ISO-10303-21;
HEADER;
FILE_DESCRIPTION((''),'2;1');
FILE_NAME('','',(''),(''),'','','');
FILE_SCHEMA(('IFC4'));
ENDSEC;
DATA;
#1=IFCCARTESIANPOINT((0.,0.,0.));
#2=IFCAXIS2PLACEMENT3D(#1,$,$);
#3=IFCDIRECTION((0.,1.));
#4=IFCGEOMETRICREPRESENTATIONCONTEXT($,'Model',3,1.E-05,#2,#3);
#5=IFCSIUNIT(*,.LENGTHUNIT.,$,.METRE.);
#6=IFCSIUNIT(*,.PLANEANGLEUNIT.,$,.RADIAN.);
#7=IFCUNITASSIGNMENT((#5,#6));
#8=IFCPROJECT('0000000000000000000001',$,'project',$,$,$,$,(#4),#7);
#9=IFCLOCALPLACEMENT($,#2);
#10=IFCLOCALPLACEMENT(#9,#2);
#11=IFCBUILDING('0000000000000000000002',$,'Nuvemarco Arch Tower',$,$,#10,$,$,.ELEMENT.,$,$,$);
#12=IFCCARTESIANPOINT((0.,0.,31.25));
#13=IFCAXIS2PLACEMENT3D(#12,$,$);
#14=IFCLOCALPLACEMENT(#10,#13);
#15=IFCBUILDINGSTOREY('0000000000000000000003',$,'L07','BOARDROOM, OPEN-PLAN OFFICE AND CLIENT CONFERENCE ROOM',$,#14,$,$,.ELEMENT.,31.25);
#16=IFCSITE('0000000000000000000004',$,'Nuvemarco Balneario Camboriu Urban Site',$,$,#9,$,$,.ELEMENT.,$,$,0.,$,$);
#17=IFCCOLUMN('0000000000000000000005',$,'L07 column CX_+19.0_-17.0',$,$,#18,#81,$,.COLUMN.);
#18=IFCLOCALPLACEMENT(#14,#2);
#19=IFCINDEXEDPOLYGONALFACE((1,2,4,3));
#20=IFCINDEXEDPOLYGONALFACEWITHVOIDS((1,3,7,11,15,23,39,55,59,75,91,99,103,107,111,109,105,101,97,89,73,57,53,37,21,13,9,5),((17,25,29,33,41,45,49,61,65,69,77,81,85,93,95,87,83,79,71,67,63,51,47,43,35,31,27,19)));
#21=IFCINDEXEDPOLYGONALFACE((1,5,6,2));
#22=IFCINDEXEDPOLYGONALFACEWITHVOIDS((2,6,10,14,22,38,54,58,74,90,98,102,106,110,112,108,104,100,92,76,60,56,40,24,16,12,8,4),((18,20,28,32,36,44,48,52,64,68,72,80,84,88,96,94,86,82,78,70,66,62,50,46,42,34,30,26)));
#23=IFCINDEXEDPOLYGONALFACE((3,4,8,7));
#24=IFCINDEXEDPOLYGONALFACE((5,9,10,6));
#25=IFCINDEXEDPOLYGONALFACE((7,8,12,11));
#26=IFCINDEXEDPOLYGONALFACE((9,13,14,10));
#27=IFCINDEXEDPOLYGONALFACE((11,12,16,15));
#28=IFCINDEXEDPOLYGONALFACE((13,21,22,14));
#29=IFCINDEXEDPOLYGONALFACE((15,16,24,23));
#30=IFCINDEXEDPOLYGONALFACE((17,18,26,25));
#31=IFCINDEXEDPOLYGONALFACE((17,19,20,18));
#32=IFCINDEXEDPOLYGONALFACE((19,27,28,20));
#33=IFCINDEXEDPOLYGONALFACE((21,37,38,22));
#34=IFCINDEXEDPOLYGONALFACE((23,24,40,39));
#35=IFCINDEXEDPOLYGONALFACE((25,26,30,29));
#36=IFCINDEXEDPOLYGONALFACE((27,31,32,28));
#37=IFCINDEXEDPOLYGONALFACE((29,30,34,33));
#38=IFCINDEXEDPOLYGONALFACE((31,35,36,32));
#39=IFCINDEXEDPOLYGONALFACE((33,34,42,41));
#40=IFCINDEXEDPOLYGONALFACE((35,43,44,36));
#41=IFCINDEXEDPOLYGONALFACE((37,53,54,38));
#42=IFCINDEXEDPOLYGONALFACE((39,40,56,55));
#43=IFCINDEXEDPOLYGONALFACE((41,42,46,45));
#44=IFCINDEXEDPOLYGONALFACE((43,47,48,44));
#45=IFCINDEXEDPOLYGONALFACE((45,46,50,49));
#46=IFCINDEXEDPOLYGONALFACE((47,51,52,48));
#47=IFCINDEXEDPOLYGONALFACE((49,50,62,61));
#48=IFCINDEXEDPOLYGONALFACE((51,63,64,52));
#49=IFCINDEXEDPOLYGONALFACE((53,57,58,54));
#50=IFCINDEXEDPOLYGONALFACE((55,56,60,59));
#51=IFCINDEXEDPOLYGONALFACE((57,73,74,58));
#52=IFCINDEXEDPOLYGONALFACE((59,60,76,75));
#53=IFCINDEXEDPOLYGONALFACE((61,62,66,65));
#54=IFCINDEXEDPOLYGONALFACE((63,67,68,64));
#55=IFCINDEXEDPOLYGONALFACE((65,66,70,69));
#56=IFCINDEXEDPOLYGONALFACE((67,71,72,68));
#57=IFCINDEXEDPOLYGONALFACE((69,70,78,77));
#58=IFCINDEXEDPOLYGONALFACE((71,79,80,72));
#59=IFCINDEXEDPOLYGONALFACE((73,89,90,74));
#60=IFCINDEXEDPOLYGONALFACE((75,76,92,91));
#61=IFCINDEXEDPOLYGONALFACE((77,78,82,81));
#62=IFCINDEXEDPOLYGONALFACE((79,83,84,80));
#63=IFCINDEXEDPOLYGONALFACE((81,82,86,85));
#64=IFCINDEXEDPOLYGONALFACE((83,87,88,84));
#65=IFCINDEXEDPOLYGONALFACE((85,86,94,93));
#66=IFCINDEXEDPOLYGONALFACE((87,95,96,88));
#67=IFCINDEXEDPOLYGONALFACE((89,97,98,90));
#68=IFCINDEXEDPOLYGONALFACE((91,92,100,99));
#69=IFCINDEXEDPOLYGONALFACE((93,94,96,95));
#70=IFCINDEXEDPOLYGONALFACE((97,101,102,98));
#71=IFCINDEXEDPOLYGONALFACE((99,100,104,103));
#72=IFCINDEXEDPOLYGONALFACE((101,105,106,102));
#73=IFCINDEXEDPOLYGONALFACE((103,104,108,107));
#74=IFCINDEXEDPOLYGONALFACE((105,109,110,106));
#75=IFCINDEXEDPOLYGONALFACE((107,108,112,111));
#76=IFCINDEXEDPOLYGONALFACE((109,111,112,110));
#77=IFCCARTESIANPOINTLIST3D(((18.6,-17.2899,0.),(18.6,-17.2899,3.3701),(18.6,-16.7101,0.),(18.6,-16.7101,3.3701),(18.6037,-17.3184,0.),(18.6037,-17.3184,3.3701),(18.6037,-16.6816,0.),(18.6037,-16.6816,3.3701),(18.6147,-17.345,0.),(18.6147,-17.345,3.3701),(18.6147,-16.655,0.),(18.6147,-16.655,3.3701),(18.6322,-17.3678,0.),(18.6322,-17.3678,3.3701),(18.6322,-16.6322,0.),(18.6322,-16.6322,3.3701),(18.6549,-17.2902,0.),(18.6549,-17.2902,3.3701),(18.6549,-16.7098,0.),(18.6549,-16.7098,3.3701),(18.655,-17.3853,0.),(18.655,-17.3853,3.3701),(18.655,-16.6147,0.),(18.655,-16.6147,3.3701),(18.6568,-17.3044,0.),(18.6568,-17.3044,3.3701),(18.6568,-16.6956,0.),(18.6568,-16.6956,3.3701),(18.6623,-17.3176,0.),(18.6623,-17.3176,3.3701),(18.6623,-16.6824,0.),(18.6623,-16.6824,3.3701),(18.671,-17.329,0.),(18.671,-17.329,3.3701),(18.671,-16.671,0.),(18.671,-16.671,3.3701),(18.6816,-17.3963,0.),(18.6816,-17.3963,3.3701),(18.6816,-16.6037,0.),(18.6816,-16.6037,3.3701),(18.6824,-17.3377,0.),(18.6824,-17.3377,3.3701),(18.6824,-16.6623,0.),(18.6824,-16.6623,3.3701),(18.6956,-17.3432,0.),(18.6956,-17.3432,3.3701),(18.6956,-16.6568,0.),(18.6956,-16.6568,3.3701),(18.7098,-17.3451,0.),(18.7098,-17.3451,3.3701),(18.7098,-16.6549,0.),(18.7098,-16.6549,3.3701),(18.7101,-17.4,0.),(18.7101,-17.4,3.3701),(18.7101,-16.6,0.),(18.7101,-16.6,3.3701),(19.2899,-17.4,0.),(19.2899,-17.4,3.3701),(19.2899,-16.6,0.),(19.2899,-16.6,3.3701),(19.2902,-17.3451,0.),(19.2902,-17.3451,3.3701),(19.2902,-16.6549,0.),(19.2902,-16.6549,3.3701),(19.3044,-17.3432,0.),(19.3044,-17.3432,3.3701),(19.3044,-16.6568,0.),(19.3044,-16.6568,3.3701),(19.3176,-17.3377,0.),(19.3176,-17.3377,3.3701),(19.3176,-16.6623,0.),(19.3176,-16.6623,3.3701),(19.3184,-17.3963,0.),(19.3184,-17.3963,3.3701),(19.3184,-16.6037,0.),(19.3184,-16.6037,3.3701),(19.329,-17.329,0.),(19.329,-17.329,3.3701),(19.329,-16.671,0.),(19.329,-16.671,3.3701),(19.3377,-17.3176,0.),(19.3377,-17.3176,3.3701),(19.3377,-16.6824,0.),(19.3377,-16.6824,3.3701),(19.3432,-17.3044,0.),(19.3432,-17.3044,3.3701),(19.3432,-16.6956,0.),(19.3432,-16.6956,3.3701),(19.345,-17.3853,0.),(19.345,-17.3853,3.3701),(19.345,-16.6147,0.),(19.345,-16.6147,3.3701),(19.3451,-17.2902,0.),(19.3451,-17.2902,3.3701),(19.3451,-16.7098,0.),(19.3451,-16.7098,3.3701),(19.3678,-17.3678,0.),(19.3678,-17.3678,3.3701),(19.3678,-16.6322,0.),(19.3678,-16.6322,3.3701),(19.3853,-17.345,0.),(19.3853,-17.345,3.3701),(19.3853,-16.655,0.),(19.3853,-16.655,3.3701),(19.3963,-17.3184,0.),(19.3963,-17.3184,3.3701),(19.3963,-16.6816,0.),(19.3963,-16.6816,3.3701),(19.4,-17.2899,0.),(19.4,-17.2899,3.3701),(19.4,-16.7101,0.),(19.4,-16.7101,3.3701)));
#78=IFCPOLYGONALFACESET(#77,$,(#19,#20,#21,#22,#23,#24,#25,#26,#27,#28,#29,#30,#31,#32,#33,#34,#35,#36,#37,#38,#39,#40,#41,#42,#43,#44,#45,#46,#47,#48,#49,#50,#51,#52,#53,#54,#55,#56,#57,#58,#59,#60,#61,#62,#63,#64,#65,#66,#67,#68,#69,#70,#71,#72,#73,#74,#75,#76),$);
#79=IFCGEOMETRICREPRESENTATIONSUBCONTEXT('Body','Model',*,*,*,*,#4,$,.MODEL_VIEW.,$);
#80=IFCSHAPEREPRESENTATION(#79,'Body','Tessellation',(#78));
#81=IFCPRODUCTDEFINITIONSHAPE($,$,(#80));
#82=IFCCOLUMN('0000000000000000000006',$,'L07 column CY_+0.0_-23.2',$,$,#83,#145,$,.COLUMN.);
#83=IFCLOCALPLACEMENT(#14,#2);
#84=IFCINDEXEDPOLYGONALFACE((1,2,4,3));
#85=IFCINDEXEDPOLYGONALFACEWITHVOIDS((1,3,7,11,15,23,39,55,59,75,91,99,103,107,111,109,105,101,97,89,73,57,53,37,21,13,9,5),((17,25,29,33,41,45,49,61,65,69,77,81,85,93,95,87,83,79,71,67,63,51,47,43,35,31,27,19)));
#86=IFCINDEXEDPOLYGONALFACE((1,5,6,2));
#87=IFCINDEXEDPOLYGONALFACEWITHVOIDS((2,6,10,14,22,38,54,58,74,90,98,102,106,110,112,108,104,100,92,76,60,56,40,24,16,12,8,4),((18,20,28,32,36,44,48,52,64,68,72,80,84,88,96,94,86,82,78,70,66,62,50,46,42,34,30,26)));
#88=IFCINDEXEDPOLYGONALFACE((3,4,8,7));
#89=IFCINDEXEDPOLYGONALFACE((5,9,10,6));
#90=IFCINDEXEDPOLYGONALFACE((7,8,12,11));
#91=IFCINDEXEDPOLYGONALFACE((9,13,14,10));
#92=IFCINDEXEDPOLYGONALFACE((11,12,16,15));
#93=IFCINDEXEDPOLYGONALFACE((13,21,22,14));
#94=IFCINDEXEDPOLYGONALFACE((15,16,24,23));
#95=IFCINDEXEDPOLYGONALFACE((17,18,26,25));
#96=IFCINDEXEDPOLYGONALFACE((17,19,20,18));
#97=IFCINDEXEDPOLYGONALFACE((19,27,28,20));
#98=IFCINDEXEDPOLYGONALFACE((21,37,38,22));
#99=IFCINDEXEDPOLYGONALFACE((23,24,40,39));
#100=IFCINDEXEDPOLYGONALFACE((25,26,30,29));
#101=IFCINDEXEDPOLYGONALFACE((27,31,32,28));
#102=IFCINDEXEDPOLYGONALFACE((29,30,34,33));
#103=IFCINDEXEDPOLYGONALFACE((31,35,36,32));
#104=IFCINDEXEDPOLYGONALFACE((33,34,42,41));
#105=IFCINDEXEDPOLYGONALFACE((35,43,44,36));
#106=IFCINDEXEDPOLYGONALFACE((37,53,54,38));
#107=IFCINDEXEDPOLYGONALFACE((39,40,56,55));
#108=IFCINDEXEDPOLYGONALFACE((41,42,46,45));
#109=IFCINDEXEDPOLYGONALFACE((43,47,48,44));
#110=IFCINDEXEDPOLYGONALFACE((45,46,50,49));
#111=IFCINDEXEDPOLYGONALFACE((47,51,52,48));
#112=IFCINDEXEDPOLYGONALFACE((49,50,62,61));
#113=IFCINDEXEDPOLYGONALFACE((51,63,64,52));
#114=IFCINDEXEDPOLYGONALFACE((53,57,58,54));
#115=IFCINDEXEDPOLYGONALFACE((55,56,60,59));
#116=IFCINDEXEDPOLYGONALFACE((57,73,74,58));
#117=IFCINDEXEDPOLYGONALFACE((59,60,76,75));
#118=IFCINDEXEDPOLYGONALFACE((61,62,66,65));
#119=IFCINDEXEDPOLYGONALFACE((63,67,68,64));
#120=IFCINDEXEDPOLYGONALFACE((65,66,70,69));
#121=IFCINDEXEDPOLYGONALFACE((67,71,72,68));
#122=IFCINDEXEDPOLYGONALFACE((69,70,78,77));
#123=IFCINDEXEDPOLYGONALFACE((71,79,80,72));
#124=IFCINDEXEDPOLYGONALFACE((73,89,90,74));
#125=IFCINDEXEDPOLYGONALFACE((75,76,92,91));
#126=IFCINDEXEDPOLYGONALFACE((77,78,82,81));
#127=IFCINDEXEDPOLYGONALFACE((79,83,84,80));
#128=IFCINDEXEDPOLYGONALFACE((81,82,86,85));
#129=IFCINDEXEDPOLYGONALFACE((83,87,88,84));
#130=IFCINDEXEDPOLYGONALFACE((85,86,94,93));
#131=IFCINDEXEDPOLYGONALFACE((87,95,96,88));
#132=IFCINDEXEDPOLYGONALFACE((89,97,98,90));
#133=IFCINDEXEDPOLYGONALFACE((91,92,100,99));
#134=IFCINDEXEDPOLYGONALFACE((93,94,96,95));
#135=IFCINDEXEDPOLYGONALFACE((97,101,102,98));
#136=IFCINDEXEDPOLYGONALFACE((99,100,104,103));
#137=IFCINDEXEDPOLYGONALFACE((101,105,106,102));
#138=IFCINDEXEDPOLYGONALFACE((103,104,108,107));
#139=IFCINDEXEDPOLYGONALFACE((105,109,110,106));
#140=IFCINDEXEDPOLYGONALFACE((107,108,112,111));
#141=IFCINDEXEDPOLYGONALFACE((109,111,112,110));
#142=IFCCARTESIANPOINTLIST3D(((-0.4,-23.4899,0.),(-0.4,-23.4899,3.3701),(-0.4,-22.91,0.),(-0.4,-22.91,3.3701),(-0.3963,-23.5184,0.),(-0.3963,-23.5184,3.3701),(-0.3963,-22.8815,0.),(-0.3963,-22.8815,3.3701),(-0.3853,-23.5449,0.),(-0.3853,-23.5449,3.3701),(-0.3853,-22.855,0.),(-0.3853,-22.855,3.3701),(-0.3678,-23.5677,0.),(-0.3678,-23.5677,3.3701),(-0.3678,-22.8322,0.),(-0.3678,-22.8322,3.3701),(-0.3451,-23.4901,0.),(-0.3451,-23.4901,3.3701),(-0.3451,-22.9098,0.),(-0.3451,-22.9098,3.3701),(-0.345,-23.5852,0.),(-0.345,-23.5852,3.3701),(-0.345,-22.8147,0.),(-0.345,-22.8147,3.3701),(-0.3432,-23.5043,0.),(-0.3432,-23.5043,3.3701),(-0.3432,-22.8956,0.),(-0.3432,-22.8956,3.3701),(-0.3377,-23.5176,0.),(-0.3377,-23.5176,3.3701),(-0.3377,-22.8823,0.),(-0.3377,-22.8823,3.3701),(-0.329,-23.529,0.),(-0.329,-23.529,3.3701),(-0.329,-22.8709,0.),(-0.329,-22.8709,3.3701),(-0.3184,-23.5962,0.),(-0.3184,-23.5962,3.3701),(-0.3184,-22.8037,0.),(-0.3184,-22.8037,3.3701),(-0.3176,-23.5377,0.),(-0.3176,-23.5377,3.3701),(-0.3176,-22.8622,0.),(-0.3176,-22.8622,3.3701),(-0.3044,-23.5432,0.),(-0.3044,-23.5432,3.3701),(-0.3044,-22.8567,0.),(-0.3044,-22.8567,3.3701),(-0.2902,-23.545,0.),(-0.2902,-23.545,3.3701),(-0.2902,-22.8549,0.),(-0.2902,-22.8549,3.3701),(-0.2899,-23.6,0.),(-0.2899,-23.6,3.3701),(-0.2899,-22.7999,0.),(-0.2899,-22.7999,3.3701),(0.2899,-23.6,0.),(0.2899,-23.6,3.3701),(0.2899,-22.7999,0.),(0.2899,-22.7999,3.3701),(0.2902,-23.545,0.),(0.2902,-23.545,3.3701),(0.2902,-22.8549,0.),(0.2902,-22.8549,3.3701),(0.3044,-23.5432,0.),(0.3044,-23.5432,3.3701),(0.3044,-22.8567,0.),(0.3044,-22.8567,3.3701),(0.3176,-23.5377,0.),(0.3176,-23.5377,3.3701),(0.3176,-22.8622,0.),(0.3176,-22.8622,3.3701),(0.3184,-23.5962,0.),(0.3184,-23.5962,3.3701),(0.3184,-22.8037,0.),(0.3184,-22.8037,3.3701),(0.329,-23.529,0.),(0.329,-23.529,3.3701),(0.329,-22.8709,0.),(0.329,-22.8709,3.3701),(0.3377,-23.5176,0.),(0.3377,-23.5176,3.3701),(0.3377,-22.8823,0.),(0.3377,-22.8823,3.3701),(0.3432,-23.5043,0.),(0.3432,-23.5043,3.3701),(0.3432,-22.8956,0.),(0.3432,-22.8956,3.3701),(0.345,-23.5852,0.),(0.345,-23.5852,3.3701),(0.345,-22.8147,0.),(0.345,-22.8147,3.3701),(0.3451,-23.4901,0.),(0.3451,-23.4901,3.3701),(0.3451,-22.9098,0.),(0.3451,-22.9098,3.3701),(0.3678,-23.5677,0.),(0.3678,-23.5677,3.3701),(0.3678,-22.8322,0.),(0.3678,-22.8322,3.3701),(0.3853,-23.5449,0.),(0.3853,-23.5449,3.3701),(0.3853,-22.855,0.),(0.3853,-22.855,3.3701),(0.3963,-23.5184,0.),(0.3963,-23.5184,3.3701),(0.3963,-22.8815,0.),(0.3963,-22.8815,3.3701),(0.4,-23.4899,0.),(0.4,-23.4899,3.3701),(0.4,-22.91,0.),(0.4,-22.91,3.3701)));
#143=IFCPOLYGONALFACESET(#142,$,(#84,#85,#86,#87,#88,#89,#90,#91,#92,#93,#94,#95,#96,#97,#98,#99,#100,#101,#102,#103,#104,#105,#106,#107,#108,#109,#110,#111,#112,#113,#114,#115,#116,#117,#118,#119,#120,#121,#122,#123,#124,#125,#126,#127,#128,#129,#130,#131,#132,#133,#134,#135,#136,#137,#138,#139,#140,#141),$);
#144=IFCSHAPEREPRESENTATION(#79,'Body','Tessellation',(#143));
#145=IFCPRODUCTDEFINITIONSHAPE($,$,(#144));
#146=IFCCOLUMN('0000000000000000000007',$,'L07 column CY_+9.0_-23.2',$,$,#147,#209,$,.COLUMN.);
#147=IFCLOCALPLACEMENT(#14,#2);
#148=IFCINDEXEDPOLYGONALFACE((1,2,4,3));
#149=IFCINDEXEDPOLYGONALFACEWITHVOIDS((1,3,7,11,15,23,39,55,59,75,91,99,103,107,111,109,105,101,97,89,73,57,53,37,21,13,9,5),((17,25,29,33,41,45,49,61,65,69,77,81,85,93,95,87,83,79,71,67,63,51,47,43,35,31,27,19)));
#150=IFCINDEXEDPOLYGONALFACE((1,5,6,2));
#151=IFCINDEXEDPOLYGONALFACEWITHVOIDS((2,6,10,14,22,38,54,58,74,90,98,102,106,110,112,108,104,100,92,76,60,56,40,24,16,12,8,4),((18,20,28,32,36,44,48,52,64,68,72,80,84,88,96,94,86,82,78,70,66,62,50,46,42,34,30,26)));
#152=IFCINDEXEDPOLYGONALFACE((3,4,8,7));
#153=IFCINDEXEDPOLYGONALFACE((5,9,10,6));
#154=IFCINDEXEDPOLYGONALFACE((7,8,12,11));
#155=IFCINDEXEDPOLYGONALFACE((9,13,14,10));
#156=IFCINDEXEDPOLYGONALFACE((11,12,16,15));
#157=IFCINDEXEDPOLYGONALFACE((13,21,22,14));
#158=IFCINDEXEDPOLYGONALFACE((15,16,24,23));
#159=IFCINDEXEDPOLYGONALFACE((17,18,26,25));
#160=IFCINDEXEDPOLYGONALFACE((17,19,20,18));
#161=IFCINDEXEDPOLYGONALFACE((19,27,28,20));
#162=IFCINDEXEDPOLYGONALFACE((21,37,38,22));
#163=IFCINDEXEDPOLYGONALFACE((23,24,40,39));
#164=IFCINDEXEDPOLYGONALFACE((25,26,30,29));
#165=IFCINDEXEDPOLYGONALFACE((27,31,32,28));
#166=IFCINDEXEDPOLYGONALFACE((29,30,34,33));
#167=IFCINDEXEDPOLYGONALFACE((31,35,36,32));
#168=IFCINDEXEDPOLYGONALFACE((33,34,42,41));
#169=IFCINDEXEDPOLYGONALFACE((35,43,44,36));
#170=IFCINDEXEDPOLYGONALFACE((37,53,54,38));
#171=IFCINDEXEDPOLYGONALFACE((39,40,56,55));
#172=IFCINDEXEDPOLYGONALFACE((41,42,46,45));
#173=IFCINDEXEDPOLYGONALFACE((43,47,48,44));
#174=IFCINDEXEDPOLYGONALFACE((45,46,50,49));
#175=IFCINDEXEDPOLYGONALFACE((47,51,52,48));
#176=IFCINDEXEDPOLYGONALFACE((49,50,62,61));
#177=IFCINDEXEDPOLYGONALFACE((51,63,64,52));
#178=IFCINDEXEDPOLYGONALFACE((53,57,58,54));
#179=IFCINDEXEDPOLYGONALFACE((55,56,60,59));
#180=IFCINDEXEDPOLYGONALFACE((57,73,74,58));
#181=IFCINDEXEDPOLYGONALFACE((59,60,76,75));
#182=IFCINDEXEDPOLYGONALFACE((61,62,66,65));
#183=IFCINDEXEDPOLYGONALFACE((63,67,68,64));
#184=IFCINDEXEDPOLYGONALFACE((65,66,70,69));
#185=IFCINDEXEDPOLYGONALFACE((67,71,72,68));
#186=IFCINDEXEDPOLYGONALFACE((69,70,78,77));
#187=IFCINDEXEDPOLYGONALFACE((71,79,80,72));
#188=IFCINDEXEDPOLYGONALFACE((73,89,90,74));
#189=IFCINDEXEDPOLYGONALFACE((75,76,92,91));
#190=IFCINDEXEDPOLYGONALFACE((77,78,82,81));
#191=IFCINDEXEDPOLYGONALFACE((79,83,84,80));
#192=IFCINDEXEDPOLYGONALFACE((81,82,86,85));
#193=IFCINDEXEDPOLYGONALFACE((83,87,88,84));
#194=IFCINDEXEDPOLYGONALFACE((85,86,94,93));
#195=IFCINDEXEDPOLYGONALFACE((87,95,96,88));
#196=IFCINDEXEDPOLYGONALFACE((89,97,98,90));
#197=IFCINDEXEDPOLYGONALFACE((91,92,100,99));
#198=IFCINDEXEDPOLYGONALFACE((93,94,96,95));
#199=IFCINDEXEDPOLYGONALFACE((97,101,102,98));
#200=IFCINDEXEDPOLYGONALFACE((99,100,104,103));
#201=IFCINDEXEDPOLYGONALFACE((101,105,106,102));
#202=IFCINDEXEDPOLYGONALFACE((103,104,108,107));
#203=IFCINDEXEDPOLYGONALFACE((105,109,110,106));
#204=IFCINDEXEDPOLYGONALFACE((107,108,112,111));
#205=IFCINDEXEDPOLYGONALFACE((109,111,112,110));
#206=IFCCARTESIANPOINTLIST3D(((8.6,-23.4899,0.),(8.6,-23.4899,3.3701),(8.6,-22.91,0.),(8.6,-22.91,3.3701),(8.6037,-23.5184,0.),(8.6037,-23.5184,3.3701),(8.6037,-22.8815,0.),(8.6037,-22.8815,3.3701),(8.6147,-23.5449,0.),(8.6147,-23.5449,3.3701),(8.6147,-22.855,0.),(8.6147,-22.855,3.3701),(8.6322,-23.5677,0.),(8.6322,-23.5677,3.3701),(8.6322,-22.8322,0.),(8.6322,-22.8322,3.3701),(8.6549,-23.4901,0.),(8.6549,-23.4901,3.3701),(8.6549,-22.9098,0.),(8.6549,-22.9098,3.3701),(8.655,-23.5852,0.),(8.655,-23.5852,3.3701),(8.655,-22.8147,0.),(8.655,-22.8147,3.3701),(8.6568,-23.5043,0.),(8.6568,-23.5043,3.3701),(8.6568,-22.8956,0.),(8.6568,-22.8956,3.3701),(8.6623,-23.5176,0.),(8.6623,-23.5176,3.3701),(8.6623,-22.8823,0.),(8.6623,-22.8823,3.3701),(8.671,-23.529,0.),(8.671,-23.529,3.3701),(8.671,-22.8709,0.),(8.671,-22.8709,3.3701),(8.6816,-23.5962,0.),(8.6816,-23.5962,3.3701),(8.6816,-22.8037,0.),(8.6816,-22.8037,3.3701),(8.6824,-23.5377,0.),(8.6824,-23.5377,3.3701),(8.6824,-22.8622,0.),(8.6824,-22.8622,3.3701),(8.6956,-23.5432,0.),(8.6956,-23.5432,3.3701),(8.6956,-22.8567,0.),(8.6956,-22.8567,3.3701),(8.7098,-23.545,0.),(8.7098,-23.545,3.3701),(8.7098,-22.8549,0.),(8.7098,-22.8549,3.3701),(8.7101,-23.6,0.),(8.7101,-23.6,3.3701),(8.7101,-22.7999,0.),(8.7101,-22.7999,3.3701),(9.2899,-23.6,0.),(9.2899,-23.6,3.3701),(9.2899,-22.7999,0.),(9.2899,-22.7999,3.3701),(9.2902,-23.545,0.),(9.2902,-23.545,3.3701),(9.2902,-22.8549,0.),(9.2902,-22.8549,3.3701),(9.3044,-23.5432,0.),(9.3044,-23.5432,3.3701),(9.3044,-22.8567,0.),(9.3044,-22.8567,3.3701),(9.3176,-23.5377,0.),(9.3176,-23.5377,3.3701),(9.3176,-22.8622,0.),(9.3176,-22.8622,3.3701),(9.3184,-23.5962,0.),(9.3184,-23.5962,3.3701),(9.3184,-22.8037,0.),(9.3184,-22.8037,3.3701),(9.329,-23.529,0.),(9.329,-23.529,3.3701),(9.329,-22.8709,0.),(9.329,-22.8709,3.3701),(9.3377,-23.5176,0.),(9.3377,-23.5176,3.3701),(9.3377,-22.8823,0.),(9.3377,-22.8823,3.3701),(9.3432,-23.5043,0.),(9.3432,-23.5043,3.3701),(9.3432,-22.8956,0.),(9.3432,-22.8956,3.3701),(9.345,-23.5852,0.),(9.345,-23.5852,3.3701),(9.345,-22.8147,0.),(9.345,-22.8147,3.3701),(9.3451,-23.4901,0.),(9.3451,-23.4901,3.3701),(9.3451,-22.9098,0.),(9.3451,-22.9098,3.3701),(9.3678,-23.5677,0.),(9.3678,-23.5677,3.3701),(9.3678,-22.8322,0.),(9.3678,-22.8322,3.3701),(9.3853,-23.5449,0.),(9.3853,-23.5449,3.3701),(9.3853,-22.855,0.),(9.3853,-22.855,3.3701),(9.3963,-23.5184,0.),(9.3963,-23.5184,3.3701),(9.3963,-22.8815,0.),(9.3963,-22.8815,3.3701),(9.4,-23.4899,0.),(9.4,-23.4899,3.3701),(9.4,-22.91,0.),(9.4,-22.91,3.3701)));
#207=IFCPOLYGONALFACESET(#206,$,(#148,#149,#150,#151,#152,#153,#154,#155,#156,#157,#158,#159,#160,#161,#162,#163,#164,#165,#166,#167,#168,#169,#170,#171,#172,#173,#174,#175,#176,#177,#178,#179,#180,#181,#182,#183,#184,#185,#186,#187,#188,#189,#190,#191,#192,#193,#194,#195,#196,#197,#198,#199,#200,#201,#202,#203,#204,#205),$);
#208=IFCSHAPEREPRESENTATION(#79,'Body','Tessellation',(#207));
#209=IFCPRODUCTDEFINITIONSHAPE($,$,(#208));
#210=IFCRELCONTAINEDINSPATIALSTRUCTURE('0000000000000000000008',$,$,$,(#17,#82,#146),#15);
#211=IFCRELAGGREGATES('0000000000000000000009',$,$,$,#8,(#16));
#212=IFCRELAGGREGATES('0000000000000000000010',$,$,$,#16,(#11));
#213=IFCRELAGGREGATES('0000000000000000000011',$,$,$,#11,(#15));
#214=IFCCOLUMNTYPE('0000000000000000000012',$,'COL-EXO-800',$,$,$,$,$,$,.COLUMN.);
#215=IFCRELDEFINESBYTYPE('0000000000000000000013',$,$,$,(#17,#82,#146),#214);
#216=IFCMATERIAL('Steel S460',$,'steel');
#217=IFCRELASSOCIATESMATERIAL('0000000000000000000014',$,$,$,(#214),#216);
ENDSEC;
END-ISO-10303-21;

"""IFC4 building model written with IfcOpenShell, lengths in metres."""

from ifc_helpers import new_model, si_unit, direction, frame, origin, origin_2d, place, context, subcontext, project, spatial, hollow_rectangle, extrude, material, material_profile, profile_set, type_object, element, save


model = new_model("IFC4")

# Units and contexts
model_context = context("Model", 3, precision=1e-05, world=origin(), true_north=direction((0.0, 1.0)))
body_context = subcontext(model_context, "Body", "Model", "MODEL_VIEW")
ifc_project = project(units=[si_unit("LENGTHUNIT", "METRE"), si_unit("PLANEANGLEUNIT", "RADIAN")], contexts=[model_context])

# Site, building, storey
site_placement = place(None, origin())
site = spatial("IfcSite", under=ifc_project, at=site_placement, Name="Nuvemarco Balneario Camboriu Urban Site", CompositionType="ELEMENT", RefElevation=0.0)
building_placement = place(site_placement, origin())
building = spatial("IfcBuilding", under=site, at=building_placement, Name="Nuvemarco Arch Tower", CompositionType="ELEMENT")
storey_placement = place(building_placement, frame((0.0, 0.0, 31.25)))
storey = spatial("IfcBuildingStorey", under=building, at=storey_placement, Name="L07", Description="BOARDROOM, OPEN-PLAN OFFICE AND CLIENT CONFERENCE ROOM", CompositionType="ELEMENT", Elevation=31.25)

# Columns
ifc_material_1 = material(Name="Steel S460", Category="steel")
ifc_material_profile_1 = material_profile(ifc_material_1, hollow_rectangle(XDim=0.8, YDim=0.8, WallThickness=0.0549, InnerFilletRadius=0.0549, OuterFilletRadius=0.1101, at=origin_2d()), Name="SHS800x800x55")
ifc_profile_set_1 = profile_set([ifc_material_profile_1], Name="Steel S460")
column_type_1 = type_object("IfcColumnType", Name="COL-EXO-800", PredefinedType="COLUMN", material=ifc_profile_set_1)
for number, where, z_axis, x_axis, name in (
    (1, (19.0, -17.0, 0.0), (0.0, 0.0, 1.0), (1.0, 0.0, 0.0), "L07 column CX_+19.0_-17.0"),
    (2, (0.0, -23.2, 0.0), (0.0, 0.0, 1.0), (1.0, 0.0, 0.0), "L07 column CY_+0.0_-23.2"),
    (3, (9.0, -23.2, 0.0), (0.0, 0.0, 1.0), (1.0, 0.0, 0.0), "L07 column CY_+9.0_-23.2"),
):
    element("IfcColumn", number, at=place(storey_placement, frame(where, z_axis=z_axis, x_axis=x_axis)), inside=storey, type_object=column_type_1, Name=name, PredefinedType="COLUMN", context=body_context, shape_type="SweptSolid", body=[
        extrude(hollow_rectangle(XDim=0.8, YDim=0.8, WallThickness=0.0549, InnerFilletRadius=0.0549, OuterFilletRadius=0.1101, at=origin_2d()), origin(), (0.0, 0.0, 1.0), 3.3701),
    ])

save(model, "model.ifc")
